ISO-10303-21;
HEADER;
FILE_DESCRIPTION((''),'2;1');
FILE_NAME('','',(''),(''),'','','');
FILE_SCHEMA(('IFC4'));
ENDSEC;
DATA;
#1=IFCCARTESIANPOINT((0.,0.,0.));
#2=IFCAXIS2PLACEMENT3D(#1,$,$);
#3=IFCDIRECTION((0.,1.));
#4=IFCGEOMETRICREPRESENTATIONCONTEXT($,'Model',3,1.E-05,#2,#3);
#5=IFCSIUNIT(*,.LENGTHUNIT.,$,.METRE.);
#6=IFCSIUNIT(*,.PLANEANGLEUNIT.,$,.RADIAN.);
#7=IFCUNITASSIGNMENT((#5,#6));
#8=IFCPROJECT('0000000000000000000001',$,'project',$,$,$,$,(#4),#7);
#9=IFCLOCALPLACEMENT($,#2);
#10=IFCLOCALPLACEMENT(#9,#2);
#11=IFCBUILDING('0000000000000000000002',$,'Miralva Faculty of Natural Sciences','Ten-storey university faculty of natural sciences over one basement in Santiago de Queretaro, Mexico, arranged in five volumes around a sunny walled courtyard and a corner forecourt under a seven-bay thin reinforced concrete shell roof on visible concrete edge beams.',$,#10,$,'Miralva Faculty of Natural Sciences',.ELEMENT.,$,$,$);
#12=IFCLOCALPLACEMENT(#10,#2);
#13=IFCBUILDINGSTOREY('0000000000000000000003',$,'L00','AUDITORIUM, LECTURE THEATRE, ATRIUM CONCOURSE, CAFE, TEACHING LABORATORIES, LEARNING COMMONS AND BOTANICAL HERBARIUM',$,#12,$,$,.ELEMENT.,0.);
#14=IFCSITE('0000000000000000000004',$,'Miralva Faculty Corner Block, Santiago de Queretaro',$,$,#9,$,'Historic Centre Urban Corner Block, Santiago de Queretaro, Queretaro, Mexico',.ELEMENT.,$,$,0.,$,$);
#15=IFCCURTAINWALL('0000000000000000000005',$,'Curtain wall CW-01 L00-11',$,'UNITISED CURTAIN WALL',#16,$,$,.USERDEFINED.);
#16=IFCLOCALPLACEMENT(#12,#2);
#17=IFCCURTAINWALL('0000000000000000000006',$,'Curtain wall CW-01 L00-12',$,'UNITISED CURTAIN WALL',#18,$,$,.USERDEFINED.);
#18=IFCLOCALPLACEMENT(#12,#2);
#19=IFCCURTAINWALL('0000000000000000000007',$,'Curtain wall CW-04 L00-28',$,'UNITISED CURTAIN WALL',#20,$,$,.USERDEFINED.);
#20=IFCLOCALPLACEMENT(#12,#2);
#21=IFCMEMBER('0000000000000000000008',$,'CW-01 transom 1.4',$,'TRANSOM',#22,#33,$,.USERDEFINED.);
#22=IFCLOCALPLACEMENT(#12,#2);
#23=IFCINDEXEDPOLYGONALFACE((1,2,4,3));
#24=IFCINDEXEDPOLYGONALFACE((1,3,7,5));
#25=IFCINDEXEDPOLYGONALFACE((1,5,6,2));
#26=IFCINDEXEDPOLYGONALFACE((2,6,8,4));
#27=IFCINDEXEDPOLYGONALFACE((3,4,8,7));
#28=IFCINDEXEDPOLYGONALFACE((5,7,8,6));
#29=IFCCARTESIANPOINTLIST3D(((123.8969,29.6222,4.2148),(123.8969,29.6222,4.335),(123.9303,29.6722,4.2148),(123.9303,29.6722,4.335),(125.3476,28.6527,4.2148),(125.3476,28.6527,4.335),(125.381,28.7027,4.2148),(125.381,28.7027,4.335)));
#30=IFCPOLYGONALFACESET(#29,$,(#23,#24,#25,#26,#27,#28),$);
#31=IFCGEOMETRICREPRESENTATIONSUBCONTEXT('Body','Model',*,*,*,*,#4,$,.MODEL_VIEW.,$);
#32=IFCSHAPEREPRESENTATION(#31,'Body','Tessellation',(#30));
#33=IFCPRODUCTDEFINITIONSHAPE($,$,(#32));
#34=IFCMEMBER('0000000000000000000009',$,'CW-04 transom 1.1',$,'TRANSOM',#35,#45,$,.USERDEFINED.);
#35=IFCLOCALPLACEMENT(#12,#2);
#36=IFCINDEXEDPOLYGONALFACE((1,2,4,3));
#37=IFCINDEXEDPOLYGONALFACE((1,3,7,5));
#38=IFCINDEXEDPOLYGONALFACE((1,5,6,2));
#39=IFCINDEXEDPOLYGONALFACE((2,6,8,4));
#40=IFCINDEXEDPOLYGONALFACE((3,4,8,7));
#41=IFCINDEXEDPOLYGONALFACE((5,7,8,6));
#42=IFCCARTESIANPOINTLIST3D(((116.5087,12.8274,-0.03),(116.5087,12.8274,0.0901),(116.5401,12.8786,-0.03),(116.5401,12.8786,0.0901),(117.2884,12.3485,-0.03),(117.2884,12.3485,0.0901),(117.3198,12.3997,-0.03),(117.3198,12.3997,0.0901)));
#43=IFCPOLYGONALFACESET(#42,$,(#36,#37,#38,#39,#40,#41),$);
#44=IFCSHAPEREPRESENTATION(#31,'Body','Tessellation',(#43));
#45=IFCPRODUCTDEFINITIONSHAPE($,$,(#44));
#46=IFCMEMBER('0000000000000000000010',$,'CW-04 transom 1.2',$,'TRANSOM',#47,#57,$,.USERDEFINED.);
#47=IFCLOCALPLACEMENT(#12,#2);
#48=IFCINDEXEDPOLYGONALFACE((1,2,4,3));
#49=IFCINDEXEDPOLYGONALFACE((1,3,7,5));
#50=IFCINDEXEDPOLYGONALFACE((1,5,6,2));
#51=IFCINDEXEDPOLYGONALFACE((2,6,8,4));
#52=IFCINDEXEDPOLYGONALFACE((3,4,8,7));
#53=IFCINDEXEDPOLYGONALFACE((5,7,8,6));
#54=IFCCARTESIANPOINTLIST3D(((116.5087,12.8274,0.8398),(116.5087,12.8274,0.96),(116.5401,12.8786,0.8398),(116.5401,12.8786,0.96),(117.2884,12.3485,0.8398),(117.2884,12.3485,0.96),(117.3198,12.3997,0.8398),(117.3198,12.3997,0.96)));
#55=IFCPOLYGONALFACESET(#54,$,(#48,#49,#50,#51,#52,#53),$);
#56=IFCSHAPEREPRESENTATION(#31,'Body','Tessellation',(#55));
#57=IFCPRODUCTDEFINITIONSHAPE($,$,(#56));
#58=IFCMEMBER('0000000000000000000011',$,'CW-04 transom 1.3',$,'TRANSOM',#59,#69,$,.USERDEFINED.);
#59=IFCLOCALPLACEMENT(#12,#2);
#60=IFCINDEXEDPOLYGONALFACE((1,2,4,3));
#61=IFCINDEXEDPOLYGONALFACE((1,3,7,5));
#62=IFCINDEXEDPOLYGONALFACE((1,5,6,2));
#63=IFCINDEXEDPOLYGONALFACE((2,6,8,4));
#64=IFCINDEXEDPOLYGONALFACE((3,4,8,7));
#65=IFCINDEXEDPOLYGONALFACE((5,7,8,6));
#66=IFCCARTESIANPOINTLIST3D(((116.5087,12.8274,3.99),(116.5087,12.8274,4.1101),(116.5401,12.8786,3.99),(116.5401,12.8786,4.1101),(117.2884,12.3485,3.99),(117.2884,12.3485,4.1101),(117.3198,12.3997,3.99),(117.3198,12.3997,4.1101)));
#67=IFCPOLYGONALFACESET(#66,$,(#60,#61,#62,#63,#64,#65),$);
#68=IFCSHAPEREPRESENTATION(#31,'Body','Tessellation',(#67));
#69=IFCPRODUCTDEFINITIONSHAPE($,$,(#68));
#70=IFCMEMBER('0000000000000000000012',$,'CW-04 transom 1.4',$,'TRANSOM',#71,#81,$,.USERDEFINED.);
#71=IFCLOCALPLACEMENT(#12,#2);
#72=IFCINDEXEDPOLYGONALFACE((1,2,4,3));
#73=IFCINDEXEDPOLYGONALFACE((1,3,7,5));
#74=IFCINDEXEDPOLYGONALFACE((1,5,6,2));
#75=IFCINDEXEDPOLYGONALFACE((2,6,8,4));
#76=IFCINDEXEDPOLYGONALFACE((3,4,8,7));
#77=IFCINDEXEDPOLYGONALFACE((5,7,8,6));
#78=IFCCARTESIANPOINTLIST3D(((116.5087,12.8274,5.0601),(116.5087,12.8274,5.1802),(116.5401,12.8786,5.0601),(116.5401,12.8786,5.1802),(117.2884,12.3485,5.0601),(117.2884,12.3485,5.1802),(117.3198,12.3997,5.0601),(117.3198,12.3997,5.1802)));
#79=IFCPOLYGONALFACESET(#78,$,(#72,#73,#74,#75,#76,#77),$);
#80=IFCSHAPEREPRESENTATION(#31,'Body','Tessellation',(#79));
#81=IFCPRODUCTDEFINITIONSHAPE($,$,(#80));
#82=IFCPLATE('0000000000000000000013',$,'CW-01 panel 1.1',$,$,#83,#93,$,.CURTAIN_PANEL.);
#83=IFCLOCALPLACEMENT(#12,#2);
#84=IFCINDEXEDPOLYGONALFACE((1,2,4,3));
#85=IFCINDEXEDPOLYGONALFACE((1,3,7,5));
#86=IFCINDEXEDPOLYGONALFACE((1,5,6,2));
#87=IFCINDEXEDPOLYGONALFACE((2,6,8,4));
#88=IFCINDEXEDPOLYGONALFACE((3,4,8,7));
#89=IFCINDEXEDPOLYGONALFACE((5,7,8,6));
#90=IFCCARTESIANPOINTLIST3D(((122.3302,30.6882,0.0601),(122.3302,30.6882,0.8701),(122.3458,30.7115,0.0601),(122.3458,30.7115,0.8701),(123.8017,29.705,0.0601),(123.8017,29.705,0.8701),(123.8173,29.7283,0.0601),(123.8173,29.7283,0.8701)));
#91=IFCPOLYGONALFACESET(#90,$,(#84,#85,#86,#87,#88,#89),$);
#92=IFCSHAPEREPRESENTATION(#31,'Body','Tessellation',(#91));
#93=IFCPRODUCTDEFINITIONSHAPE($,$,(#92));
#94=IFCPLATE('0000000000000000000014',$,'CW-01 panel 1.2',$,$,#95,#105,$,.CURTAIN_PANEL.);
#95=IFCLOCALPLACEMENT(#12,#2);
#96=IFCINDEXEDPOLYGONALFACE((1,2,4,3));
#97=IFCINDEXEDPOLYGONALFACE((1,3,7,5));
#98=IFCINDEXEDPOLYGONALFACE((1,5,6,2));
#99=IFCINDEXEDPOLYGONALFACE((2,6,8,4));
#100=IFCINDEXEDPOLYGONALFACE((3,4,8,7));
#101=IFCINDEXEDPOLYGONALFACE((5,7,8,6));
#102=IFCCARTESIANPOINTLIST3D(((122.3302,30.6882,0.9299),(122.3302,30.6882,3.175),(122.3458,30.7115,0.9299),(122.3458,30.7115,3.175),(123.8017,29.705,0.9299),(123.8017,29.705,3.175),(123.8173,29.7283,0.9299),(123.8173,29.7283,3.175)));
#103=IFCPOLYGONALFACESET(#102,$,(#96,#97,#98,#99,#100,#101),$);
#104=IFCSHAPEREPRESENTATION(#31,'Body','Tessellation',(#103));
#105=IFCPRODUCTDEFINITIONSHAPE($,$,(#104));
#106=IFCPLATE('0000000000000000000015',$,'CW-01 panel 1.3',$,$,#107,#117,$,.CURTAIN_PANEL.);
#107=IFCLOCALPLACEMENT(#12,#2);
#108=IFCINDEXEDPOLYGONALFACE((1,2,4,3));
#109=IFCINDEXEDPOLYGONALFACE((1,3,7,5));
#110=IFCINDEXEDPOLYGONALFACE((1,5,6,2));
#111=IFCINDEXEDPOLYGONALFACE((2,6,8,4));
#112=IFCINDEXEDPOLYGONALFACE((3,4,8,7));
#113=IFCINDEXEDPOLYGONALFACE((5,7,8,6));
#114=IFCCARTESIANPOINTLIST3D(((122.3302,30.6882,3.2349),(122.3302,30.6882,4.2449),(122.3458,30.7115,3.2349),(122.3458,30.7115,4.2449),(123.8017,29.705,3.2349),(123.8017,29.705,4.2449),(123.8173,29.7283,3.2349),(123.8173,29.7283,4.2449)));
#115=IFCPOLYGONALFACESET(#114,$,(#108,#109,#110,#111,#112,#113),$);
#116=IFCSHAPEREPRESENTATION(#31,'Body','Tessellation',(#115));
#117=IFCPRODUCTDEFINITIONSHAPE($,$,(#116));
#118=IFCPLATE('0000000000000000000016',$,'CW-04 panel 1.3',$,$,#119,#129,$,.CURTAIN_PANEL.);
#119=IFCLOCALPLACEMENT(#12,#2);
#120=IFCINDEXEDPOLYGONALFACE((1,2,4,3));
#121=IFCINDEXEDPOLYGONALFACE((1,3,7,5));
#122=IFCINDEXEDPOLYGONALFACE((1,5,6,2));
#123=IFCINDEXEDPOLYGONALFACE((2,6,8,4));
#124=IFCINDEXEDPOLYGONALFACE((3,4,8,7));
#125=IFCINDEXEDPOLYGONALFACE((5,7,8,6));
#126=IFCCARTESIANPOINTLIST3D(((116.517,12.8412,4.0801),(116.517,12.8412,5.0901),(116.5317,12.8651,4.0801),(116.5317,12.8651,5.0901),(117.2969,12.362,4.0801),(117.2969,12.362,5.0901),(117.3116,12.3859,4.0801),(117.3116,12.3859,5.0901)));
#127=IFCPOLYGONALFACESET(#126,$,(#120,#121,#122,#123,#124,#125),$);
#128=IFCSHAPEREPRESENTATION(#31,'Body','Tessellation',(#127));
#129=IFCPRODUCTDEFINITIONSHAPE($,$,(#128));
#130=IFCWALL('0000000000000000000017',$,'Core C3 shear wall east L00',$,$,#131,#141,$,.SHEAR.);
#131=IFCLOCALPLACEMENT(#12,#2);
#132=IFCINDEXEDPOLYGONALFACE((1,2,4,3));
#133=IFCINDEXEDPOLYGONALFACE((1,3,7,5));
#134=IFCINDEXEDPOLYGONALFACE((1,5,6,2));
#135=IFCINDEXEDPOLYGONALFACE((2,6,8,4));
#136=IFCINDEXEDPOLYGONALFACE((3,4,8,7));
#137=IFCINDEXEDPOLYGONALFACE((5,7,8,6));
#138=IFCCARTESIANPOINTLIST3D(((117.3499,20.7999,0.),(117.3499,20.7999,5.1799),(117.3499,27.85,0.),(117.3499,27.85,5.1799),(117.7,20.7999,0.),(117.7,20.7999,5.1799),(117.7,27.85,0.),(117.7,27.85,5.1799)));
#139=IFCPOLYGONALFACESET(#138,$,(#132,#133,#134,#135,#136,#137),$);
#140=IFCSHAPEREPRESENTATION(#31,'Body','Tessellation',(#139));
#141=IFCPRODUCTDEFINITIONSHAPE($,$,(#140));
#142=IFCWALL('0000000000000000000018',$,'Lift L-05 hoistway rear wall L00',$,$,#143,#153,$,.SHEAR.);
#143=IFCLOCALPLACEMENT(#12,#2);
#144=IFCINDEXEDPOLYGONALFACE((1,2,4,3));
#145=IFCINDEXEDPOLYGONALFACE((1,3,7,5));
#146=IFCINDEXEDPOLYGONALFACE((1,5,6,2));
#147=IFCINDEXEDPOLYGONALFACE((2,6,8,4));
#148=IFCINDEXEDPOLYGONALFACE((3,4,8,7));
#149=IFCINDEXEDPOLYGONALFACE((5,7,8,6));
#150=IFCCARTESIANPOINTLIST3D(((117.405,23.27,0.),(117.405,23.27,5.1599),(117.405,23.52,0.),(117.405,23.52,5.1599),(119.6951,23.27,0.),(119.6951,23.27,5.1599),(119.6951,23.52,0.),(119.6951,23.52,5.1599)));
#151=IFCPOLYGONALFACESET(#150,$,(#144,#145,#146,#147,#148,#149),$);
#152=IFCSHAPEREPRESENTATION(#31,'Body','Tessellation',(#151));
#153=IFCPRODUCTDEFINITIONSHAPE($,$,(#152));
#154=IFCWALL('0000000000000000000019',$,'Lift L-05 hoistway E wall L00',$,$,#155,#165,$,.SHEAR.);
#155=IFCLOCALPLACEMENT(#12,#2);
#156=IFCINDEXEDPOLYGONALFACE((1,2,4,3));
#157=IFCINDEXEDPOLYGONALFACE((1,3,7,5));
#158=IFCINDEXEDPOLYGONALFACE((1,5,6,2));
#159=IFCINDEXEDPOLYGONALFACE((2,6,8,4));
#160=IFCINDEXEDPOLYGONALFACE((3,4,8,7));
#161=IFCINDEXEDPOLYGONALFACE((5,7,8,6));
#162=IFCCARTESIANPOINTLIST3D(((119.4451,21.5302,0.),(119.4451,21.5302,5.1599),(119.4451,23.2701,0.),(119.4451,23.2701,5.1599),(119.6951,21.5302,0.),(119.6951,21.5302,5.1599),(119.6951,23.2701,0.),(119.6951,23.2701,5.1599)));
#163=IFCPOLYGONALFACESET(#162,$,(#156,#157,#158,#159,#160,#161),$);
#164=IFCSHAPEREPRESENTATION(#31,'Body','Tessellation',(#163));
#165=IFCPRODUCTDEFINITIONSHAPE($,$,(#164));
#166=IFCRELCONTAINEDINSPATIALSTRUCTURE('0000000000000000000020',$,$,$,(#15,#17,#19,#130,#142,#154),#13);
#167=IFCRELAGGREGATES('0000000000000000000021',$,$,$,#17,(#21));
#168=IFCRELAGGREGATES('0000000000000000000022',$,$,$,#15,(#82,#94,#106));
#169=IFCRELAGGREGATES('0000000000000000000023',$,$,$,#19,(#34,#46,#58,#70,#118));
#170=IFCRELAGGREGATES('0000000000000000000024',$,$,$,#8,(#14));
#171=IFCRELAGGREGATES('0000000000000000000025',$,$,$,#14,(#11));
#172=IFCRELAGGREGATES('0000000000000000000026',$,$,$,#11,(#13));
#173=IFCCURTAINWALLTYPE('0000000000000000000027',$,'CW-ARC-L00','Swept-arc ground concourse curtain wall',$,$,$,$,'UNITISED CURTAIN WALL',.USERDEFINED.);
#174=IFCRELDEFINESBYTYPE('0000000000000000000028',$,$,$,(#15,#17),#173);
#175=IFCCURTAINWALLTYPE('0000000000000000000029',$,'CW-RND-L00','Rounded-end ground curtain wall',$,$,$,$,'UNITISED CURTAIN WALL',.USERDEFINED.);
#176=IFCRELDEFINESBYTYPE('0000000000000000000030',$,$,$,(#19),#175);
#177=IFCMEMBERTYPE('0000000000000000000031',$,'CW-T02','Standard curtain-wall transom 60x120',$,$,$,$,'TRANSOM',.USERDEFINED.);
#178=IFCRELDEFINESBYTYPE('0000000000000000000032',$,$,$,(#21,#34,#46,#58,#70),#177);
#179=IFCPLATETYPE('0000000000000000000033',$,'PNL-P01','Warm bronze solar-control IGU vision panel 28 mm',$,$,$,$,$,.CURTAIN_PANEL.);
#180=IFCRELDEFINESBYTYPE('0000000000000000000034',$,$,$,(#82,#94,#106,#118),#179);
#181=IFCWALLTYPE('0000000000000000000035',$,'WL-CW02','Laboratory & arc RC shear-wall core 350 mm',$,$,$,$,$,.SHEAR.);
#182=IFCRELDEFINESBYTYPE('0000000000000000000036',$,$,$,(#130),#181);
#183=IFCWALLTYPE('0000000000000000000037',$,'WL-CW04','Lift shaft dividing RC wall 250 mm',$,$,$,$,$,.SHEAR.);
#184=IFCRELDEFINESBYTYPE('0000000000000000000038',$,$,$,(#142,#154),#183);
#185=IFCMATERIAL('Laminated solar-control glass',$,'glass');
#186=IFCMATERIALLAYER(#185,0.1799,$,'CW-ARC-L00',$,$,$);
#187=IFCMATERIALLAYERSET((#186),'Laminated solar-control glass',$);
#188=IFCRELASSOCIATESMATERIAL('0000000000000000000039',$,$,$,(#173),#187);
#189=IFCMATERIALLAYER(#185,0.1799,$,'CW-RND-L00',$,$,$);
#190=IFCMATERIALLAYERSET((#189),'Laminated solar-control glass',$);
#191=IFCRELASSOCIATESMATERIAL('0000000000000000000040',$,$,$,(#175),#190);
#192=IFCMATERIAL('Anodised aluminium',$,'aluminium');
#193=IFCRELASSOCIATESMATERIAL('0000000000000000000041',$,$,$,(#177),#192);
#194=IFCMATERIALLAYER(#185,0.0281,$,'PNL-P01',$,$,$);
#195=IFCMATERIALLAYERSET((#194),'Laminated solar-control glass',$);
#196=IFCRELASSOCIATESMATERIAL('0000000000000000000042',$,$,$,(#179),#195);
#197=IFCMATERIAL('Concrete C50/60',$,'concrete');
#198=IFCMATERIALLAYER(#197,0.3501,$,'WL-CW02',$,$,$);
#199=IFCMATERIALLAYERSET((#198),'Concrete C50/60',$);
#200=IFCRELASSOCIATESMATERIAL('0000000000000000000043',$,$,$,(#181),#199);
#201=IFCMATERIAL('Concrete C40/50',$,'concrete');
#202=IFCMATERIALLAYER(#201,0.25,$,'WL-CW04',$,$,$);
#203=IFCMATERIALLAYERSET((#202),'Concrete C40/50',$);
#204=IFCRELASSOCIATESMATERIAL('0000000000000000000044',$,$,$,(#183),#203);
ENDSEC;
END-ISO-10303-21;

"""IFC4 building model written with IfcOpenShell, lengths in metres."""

from ifc_helpers import new_model, si_unit, direction, frame, frame_2d, origin, origin_2d, place, context, subcontext, project, spatial, rectangle, extrude, material, layer, layer_set, material_profile, profile_set, type_object, element, aggregate, save


model = new_model("IFC4")

# Units and contexts
model_context = context("Model", 3, precision=1e-05, world=origin(), true_north=direction((0.0, 1.0)))
body_context = subcontext(model_context, "Body", "Model", "MODEL_VIEW")
ifc_project = project(units=[si_unit("LENGTHUNIT", "METRE"), si_unit("PLANEANGLEUNIT", "RADIAN")], contexts=[model_context])

# Site, building, storey
site_placement = place(None, origin())
site = spatial("IfcSite", under=ifc_project, at=site_placement, Name="Miralva Faculty Corner Block, Santiago de Queretaro", LongName="Historic Centre Urban Corner Block, Santiago de Queretaro, Queretaro, Mexico", CompositionType="ELEMENT", RefElevation=0.0)
building_placement = place(site_placement, origin())
building = spatial("IfcBuilding", under=site, at=building_placement, Name="Miralva Faculty of Natural Sciences", Description="Ten-storey university faculty of natural sciences over one basement in Santiago de Queretaro, Mexico, arranged in five volumes around a sunny walled courtyard and a corner forecourt under a seven-bay thin reinforced concrete shell roof on visible concrete edge beams.", LongName="Miralva Faculty of Natural Sciences", CompositionType="ELEMENT")
storey_placement = place(building_placement, origin())
storey = spatial("IfcBuildingStorey", under=building, at=storey_placement, Name="L00", Description="AUDITORIUM, LECTURE THEATRE, ATRIUM CONCOURSE, CAFE, TEACHING LABORATORIES, LEARNING COMMONS AND BOTANICAL HERBARIUM", CompositionType="ELEMENT", Elevation=0.0)

# Shared definitions
ifc_material_1 = material(Name="Concrete C50/60", Category="concrete")

# Shared definitions
ifc_material_2 = material(Name="Concrete C40/50", Category="concrete")

# Shared definitions
ifc_material_3 = material(Name="Laminated solar-control glass", Category="glass")
ifc_layer_1 = layer(ifc_material_3, 0.1799, Name="CW-ARC-L00")
ifc_layer_set_1 = layer_set([ifc_layer_1], Name="Laminated solar-control glass")
curtain_wall_type_1 = type_object("IfcCurtainWallType", Name="CW-ARC-L00", Description="Swept-arc ground concourse curtain wall", ElementType="UNITISED CURTAIN WALL", PredefinedType="USERDEFINED", material=ifc_layer_set_1)
ifc_material_4 = material(Name="Anodised aluminium", Category="aluminium")

# Curtain wall
curtain_wall_1_placement = place(storey_placement, origin())
curtain_wall_1 = element("IfcCurtainWall", 1, at=curtain_wall_1_placement, inside=storey, type_object=curtain_wall_type_1, Name="Curtain wall CW-01 L00-11", ObjectType="UNITISED CURTAIN WALL", PredefinedType="USERDEFINED")

# Curtain walls
curtain_wall_2_placement = place(storey_placement, origin())
curtain_wall_2 = element("IfcCurtainWall", 2, at=curtain_wall_2_placement, inside=storey, type_object=curtain_wall_type_1, Name="Curtain wall CW-01 L00-12", ObjectType="UNITISED CURTAIN WALL", PredefinedType="USERDEFINED")
ifc_layer_2 = layer(ifc_material_3, 0.1799, Name="CW-RND-L00")
ifc_layer_set_2 = layer_set([ifc_layer_2], Name="Laminated solar-control glass")
curtain_wall_type_2 = type_object("IfcCurtainWallType", Name="CW-RND-L00", Description="Rounded-end ground curtain wall", ElementType="UNITISED CURTAIN WALL", PredefinedType="USERDEFINED", material=ifc_layer_set_2)
curtain_wall_3_placement = place(storey_placement, origin())
curtain_wall_3 = element("IfcCurtainWall", 3, at=curtain_wall_3_placement, inside=storey, type_object=curtain_wall_type_2, Name="Curtain wall CW-04 L00-28", ObjectType="UNITISED CURTAIN WALL", PredefinedType="USERDEFINED")

# Members
ifc_material_profile_1 = material_profile(ifc_material_4, rectangle(XDim=0.0601, YDim=0.1201, at=origin_2d()), Name="TRANSOM 60x120")
ifc_profile_set_1 = profile_set([ifc_material_profile_1], Name="Anodised aluminium")
member_type_1 = type_object("IfcMemberType", Name="CW-T02", Description="Standard curtain-wall transom 60x120", ElementType="TRANSOM", PredefinedType="USERDEFINED", material=ifc_profile_set_1)
member_1_placement = place(storey_placement, frame((123.9136, 29.6472, 4.2749), z_axis=(0.831425, -0.555636, 0.0), x_axis=(0.555636, 0.831425, 0.0)))
member_1 = element("IfcMember", 4, at=member_1_placement, type_object=member_type_1, Name="CW-01 transom 1.4", ObjectType="TRANSOM", PredefinedType="USERDEFINED", context=body_context, shape_type="SweptSolid", body=[
    extrude(rectangle(XDim=0.0601, YDim=0.1201, at=origin_2d()), origin(), (0.0, 0.0, 1.0), 1.7449),
])
aggregate(curtain_wall_2, [member_1])
member_2_placement = place(storey_placement, frame((116.5244, 12.853, 0.03), z_axis=(0.852079, -0.523413, 0.0), x_axis=(0.523413, 0.852079, 0.0)))
member_2 = element("IfcMember", 5, at=member_2_placement, type_object=member_type_1, Name="CW-04 transom 1.1", ObjectType="TRANSOM", PredefinedType="USERDEFINED", context=body_context, shape_type="SweptSolid", body=[
    extrude(rectangle(XDim=0.0601, YDim=0.1201, at=origin_2d()), origin(), (0.0, 0.0, 1.0), 0.915),
])
member_3_placement = place(storey_placement, frame((116.5244, 12.853, 0.8999), z_axis=(0.852079, -0.523413, 0.0), x_axis=(0.523413, 0.852079, 0.0)))
member_3 = element("IfcMember", 6, at=member_3_placement, type_object=member_type_1, Name="CW-04 transom 1.2", ObjectType="TRANSOM", PredefinedType="USERDEFINED", context=body_context, shape_type="SweptSolid", body=[
    extrude(rectangle(XDim=0.0601, YDim=0.1201, at=origin_2d()), origin(), (0.0, 0.0, 1.0), 0.915),
])
member_4_placement = place(storey_placement, frame((116.5244, 12.853, 4.05), z_axis=(0.852079, -0.523413, 0.0), x_axis=(0.523413, 0.852079, 0.0)))
member_4 = element("IfcMember", 7, at=member_4_placement, type_object=member_type_1, Name="CW-04 transom 1.3", ObjectType="TRANSOM", PredefinedType="USERDEFINED", context=body_context, shape_type="SweptSolid", body=[
    extrude(rectangle(XDim=0.0601, YDim=0.1201, at=origin_2d()), origin(), (0.0, 0.0, 1.0), 0.915),
])
member_5_placement = place(storey_placement, frame((116.5244, 12.853, 5.1201), z_axis=(0.852079, -0.523413, 0.0), x_axis=(0.523413, 0.852079, 0.0)))
member_5 = element("IfcMember", 8, at=member_5_placement, type_object=member_type_1, Name="CW-04 transom 1.4", ObjectType="TRANSOM", PredefinedType="USERDEFINED", context=body_context, shape_type="SweptSolid", body=[
    extrude(rectangle(XDim=0.0601, YDim=0.1201, at=origin_2d()), origin(), (0.0, 0.0, 1.0), 0.915),
])

# Plates
ifc_layer_3 = layer(ifc_material_3, 0.0281, Name="PNL-P01")
ifc_layer_set_3 = layer_set([ifc_layer_3], Name="Laminated solar-control glass")
plate_type = type_object("IfcPlateType", Name="PNL-P01", Description="Warm bronze solar-control IGU vision panel 28 mm", PredefinedType="CURTAIN_PANEL", material=ifc_layer_set_3)
plate_1_placement = place(storey_placement, frame((123.0737, 30.2083, 0.0601), z_axis=(0.0, 0.0, 1.0), x_axis=(0.831475, -0.555562, 0.0)))
plate_1 = element("IfcPlate", 9, at=plate_1_placement, type_object=plate_type, Name="CW-01 panel 1.1", PredefinedType="CURTAIN_PANEL", context=body_context, shape_type="SweptSolid", body=[
    extrude(rectangle(XDim=1.7698, YDim=0.0281, at=origin_2d()), origin(), (0.0, 0.0, 1.0), 0.8101),
])
plate_2_placement = place(storey_placement, frame((123.0737, 30.2083, 0.9299), z_axis=(0.0, 0.0, 1.0), x_axis=(0.831475, -0.555562, 0.0)))
plate_2 = element("IfcPlate", 10, at=plate_2_placement, type_object=plate_type, Name="CW-01 panel 1.2", PredefinedType="CURTAIN_PANEL", context=body_context, shape_type="SweptSolid", body=[
    extrude(rectangle(XDim=1.7698, YDim=0.0281, at=origin_2d()), origin(), (0.0, 0.0, 1.0), 2.2451),
])
plate_3_placement = place(storey_placement, frame((123.0737, 30.2083, 3.2349), z_axis=(0.0, 0.0, 1.0), x_axis=(0.831475, -0.555562, 0.0)))
plate_3 = element("IfcPlate", 11, at=plate_3_placement, type_object=plate_type, Name="CW-01 panel 1.3", PredefinedType="CURTAIN_PANEL", context=body_context, shape_type="SweptSolid", body=[
    extrude(rectangle(XDim=1.7698, YDim=0.0281, at=origin_2d()), origin(), (0.0, 0.0, 1.0), 1.01),
])
aggregate(curtain_wall_1, [plate_1, plate_2, plate_3])
plate_4_placement = place(storey_placement, frame((116.9143, 12.6135, 4.0801), z_axis=(0.0, 0.0, 1.0), x_axis=(0.852004, -0.523535, 0.0)))
plate_4 = element("IfcPlate", 12, at=plate_4_placement, type_object=plate_type, Name="CW-04 panel 1.3", PredefinedType="CURTAIN_PANEL", context=body_context, shape_type="SweptSolid", body=[
    extrude(rectangle(XDim=0.9153, YDim=0.0281, at=origin_2d()), origin(), (0.0, 0.0, 1.0), 1.01),
])
aggregate(curtain_wall_3, [member_2, member_3, member_4, member_5, plate_4])

# Wall
ifc_layer_4 = layer(ifc_material_1, 0.3501, Name="WL-CW02")
ifc_layer_set_4 = layer_set([ifc_layer_4], Name="Concrete C50/60")
wall_type_1 = type_object("IfcWallType", Name="WL-CW02", Description="Laboratory & arc RC shear-wall core 350 mm", PredefinedType="SHEAR", material=ifc_layer_set_4)
wall_1_placement = place(storey_placement, frame((117.5249, 20.8, 0.0), z_axis=(0.0, 0.0, 1.0), x_axis=(0.0, 1.0, 0.0)))
element("IfcWall", 13, at=wall_1_placement, inside=storey, type_object=wall_type_1, Name="Core C3 shear wall east L00", PredefinedType="SHEAR", context=body_context, shape_type="SweptSolid", body=[
    extrude(rectangle(XDim=7.05, YDim=0.3501, at=frame_2d((3.5249, 0.0))), origin(), (0.0, 0.0, 1.0), 5.1799),
])

# Shared definitions
ifc_layer_5 = layer(ifc_material_2, 0.25, Name="WL-CW04")
ifc_layer_set_5 = layer_set([ifc_layer_5], Name="Concrete C40/50")
wall_type_2 = type_object("IfcWallType", Name="WL-CW04", Description="Lift shaft dividing RC wall 250 mm", PredefinedType="SHEAR", material=ifc_layer_set_5)

# Walls
wall_2_placement = place(storey_placement, frame((117.405, 23.395, 0.0), z_axis=(0.0, 0.0, 1.0), x_axis=(1.0, 0.0, 0.0)))
element("IfcWall", 14, at=wall_2_placement, inside=storey, type_object=wall_type_2, Name="Lift L-05 hoistway rear wall L00", PredefinedType="SHEAR", context=body_context, shape_type="SweptSolid", body=[
    extrude(rectangle(XDim=2.29, YDim=0.25, at=frame_2d((1.145, 0.0))), origin(), (0.0, 0.0, 1.0), 5.1599),
])
wall_3_placement = place(storey_placement, frame((119.5701, 21.53, 0.0), z_axis=(0.0, 0.0, 1.0), x_axis=(0.0, 1.0, 0.0)))
element("IfcWall", 15, at=wall_3_placement, inside=storey, type_object=wall_type_2, Name="Lift L-05 hoistway E wall L00", PredefinedType="SHEAR", context=body_context, shape_type="SweptSolid", body=[
    extrude(rectangle(XDim=1.74, YDim=0.25, at=frame_2d((0.8701, 0.0))), origin(), (0.0, 0.0, 1.0), 5.1599),
])

save(model, "model.ifc")
